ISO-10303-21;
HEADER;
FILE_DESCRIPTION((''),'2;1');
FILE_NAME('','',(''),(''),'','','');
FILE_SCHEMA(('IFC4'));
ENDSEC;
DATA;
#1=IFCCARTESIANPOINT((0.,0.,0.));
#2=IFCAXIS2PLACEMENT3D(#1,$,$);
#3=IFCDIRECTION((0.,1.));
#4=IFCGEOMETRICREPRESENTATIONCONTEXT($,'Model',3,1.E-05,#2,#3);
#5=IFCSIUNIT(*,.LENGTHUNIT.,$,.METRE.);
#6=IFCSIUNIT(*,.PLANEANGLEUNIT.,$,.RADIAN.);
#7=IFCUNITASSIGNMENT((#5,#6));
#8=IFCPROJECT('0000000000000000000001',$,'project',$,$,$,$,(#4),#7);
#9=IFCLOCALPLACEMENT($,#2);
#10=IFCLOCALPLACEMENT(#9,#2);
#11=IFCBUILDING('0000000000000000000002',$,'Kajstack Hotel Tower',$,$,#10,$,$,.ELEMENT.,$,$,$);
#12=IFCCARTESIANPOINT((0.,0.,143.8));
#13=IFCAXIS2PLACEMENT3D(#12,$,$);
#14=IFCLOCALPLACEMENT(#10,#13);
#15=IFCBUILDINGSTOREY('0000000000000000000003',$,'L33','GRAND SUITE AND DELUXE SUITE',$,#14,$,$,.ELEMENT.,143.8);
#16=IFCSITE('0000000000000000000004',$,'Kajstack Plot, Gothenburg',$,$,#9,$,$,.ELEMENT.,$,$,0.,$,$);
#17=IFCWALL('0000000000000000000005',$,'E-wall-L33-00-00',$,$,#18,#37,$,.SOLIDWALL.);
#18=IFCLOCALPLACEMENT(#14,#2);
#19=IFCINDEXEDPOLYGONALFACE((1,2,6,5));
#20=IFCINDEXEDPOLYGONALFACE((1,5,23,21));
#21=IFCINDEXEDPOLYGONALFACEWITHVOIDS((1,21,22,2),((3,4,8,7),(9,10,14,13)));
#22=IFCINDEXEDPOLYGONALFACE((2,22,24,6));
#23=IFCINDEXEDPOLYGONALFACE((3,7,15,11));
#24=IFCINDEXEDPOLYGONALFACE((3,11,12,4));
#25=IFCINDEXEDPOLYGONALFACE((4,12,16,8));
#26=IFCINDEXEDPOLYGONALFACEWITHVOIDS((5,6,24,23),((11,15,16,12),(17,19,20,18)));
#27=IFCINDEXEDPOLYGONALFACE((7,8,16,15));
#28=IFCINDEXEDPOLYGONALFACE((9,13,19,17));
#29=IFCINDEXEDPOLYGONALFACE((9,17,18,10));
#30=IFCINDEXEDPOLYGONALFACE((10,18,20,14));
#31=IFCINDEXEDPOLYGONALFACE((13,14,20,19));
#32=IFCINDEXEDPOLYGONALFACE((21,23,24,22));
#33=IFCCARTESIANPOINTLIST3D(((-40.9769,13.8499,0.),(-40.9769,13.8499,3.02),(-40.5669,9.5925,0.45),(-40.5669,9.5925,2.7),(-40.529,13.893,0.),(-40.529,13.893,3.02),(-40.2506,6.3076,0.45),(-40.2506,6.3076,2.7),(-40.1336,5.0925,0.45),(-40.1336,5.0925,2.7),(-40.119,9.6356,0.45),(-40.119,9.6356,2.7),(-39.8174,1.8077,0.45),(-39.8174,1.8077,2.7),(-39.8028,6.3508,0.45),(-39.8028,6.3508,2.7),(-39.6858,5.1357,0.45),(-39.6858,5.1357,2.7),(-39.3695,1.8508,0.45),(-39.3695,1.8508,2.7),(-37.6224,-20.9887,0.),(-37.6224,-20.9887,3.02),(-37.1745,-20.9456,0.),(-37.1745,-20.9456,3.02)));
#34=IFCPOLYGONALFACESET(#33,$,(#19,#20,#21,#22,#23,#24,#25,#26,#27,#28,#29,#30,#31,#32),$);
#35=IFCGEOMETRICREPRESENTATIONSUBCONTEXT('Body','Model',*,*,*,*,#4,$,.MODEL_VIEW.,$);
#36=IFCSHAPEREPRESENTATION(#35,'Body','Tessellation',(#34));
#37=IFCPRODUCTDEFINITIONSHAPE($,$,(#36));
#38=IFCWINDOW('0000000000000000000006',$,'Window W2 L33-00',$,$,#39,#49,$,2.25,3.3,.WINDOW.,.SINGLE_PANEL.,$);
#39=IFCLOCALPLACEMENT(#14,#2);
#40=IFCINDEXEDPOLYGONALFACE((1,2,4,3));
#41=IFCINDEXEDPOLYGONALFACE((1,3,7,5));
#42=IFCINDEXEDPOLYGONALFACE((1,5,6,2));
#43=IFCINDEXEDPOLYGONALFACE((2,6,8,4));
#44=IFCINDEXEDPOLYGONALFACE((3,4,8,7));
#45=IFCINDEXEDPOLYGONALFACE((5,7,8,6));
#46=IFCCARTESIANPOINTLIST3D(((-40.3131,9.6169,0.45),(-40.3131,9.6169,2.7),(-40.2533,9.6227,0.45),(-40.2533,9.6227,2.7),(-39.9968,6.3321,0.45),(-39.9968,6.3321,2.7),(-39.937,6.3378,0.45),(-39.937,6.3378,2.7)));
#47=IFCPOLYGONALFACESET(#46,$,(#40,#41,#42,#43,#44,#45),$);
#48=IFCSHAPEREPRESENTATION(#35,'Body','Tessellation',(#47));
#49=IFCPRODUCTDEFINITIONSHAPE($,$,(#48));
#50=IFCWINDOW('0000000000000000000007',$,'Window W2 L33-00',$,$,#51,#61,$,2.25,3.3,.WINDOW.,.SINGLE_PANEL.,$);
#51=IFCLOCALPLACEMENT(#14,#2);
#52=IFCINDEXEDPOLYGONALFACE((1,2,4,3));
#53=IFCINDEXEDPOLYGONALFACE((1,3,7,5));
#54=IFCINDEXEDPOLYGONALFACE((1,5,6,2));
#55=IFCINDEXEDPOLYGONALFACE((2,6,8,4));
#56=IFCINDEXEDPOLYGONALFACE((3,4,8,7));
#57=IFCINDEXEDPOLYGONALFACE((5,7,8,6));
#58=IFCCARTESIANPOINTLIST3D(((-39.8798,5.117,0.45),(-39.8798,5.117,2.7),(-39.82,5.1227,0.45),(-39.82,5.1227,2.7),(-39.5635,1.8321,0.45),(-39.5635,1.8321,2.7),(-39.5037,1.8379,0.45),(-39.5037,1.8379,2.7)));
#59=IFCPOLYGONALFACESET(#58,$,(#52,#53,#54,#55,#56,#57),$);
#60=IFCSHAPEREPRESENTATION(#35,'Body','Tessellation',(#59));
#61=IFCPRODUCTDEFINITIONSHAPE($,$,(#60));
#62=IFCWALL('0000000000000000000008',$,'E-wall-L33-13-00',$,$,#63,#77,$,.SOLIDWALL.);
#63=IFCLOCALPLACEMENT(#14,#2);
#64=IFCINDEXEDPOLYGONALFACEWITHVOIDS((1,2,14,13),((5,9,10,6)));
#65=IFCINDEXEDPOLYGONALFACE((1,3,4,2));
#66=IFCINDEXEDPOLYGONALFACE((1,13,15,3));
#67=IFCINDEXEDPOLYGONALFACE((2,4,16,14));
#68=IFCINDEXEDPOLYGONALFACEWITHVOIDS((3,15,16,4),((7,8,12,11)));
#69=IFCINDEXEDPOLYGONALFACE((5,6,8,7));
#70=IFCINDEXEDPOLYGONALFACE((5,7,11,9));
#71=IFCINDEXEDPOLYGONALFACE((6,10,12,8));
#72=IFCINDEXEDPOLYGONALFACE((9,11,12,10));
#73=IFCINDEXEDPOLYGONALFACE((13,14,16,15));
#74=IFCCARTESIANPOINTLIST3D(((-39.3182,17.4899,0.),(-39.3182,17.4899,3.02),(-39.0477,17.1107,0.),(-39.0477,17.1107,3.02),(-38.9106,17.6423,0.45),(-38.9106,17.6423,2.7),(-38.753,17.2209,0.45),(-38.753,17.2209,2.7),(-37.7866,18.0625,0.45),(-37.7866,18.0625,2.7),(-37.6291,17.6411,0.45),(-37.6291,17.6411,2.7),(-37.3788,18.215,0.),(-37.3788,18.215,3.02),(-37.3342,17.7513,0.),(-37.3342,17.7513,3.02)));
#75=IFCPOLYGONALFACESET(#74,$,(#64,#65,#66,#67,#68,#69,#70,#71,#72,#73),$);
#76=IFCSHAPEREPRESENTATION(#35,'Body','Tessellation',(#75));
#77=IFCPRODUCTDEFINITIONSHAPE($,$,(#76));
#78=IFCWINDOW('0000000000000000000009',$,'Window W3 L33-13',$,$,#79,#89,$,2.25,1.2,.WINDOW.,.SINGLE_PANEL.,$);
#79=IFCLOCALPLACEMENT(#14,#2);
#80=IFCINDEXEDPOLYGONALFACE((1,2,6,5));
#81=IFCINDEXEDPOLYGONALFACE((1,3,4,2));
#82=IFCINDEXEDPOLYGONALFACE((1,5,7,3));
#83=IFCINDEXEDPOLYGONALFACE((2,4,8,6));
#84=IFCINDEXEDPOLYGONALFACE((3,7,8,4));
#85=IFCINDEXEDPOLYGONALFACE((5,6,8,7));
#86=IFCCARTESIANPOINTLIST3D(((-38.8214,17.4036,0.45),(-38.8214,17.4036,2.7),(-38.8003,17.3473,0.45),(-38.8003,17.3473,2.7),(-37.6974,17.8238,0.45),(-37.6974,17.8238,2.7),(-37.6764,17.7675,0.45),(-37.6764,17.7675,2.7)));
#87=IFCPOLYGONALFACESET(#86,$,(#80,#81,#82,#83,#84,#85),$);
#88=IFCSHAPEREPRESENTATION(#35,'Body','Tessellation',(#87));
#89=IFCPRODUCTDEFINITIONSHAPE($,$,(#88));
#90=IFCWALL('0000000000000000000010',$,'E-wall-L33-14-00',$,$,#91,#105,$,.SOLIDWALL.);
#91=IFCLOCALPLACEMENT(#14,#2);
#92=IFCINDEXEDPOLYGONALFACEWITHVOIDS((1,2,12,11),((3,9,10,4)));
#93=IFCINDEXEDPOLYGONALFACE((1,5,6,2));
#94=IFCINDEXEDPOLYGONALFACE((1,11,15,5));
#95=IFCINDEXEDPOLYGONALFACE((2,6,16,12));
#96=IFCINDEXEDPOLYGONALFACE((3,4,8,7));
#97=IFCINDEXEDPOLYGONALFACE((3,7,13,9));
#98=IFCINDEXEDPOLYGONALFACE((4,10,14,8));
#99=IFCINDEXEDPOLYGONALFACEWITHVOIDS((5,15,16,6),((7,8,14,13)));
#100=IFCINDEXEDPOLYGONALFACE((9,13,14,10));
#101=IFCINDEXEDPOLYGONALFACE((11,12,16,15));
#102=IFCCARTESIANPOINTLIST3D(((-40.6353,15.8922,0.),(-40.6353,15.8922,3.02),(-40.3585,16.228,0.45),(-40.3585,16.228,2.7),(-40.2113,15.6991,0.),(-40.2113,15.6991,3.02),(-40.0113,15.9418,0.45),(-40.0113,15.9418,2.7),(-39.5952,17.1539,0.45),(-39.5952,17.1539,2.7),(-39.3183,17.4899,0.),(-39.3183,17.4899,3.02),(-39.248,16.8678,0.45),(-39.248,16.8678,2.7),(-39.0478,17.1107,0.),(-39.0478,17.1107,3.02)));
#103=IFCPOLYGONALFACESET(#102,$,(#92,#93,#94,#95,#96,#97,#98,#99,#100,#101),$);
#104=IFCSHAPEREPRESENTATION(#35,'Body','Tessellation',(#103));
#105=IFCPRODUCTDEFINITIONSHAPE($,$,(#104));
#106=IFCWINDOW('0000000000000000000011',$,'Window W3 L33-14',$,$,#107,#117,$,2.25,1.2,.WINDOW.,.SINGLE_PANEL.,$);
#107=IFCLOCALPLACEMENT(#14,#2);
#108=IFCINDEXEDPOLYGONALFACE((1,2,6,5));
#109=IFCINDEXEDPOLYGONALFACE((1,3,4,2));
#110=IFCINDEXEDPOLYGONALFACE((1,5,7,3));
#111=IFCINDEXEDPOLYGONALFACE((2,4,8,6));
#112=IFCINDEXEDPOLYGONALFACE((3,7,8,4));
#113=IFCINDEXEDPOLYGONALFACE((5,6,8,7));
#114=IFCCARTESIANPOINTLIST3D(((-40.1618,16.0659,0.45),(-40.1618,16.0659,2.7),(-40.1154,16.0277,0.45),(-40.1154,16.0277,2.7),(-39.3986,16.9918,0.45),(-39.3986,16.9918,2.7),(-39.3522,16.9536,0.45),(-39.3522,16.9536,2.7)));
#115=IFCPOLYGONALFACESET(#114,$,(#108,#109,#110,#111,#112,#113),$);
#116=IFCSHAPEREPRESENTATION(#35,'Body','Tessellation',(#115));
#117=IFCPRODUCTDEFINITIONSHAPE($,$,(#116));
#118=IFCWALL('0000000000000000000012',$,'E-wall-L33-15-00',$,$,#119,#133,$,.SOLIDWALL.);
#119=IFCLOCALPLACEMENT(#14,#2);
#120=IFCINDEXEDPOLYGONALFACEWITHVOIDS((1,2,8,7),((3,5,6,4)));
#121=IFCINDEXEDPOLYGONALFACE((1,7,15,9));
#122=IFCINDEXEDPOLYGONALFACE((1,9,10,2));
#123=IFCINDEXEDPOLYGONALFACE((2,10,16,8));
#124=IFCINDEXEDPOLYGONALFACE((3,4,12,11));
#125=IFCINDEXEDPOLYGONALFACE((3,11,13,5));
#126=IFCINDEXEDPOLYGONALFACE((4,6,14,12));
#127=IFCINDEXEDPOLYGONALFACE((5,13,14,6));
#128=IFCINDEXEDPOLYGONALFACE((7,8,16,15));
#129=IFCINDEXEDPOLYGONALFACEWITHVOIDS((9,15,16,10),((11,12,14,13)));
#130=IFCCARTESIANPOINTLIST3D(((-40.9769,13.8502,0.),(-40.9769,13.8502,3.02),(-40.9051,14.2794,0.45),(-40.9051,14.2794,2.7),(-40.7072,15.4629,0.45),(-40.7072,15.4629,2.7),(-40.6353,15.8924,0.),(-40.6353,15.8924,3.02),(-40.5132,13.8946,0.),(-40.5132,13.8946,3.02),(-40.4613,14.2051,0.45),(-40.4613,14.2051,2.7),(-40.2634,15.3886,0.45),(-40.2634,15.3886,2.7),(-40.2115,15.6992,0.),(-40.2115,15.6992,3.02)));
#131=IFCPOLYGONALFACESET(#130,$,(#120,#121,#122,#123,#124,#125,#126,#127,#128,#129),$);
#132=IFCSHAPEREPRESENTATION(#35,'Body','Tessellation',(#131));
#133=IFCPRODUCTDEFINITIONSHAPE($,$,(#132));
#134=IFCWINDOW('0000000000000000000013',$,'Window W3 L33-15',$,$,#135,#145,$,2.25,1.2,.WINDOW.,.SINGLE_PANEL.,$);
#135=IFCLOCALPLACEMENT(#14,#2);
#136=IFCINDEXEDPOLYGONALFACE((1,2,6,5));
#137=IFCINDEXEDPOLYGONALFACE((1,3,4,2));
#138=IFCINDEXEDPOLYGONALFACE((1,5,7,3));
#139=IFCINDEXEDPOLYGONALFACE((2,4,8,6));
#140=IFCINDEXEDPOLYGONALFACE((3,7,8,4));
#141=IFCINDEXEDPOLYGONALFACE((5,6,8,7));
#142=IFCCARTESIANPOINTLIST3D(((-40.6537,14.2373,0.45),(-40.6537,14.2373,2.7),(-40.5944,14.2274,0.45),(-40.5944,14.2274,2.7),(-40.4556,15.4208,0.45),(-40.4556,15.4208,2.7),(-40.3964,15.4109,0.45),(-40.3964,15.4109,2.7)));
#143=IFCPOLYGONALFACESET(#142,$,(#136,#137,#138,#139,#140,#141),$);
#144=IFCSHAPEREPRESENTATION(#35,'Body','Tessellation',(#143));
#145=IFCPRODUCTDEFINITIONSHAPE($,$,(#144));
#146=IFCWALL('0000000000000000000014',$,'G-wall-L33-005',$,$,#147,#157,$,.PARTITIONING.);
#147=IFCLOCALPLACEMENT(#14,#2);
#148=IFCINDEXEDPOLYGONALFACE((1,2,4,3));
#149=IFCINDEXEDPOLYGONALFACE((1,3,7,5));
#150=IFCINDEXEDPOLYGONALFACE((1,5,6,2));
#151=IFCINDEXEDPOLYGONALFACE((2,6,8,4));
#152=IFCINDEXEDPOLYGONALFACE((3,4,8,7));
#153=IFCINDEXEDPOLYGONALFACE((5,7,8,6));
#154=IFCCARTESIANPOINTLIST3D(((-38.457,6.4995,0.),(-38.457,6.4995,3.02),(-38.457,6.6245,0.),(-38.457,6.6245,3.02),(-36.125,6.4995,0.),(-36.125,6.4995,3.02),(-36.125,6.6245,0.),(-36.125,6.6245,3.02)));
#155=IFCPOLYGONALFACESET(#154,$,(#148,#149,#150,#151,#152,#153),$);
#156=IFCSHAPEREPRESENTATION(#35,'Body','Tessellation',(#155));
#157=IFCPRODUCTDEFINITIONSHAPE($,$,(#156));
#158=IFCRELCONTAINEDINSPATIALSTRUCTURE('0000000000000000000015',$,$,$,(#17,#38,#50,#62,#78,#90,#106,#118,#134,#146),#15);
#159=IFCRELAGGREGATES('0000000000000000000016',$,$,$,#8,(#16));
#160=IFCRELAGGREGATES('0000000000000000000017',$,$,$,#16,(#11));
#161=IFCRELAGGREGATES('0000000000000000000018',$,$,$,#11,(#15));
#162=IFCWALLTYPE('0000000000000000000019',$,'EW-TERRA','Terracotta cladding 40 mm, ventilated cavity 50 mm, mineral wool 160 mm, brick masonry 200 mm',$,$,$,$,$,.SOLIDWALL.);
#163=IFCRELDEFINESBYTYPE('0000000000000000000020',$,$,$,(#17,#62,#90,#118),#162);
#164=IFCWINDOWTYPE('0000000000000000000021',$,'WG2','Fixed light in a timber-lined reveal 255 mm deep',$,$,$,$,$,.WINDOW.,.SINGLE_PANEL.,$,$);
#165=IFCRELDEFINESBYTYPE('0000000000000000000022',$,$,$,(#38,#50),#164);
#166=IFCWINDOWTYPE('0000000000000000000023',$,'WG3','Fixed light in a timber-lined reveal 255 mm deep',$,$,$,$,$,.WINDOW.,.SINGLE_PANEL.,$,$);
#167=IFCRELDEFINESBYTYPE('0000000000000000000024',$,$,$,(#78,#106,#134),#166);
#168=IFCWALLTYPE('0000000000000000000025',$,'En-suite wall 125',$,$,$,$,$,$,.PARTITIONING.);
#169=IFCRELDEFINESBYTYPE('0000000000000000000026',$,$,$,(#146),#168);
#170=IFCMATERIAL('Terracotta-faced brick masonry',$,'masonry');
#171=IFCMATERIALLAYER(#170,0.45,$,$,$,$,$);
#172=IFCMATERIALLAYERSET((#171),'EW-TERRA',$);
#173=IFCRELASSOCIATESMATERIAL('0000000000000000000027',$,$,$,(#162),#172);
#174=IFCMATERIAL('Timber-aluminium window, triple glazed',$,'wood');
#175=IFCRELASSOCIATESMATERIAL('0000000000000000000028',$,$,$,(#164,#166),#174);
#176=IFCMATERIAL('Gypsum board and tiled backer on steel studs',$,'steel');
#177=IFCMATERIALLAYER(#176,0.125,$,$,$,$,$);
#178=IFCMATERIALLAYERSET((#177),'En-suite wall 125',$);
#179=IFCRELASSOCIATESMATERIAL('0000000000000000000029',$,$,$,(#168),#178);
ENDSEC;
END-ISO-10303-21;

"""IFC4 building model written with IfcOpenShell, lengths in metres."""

from ifc_helpers import new_model, si_unit, direction, frame, frame_2d, origin, place, context, subcontext, project, spatial, polyline, rectangle, outline, extrude, material, layer, layer_set, type_object, element, fill, save


model = new_model("IFC4")

# Units and contexts
model_context = context("Model", 3, precision=1e-05, world=origin(), true_north=direction((0.0, 1.0)))
body_context = subcontext(model_context, "Body", "Model", "MODEL_VIEW")
ifc_project = project(units=[si_unit("LENGTHUNIT", "METRE"), si_unit("PLANEANGLEUNIT", "RADIAN")], contexts=[model_context])

# Site, building, storey
site_placement = place(None, origin())
site = spatial("IfcSite", under=ifc_project, at=site_placement, Name="Kajstack Plot, Gothenburg", CompositionType="ELEMENT", RefElevation=0.0)
building_placement = place(site_placement, origin())
building = spatial("IfcBuilding", under=site, at=building_placement, Name="Kajstack Hotel Tower", CompositionType="ELEMENT")
storey_placement = place(building_placement, frame((0.0, 0.0, 143.8)))
storey = spatial("IfcBuildingStorey", under=building, at=storey_placement, Name="L33", Description="GRAND SUITE AND DELUXE SUITE", CompositionType="ELEMENT", Elevation=143.8)

# Wall, openings, windows
ifc_material_1 = material(Name="Terracotta-faced brick masonry", Category="masonry")
ifc_layer_1 = layer(ifc_material_1, 0.45)
ifc_layer_set_1 = layer_set([ifc_layer_1], Name="EW-TERRA")
wall_type_1 = type_object("IfcWallType", Name="EW-TERRA", Description="Terracotta cladding 40 mm, ventilated cavity 50 mm, mineral wool 160 mm, brick masonry 200 mm", PredefinedType="SOLIDWALL", material=ifc_layer_set_1)
wall_1_placement = place(storey_placement, frame((-40.7529, 13.8716, 0.0), z_axis=(0.0, 0.0, 1.0), x_axis=(0.095843, -0.995396, 0.0)))
wall_1 = element("IfcWall", 1, at=wall_1_placement, inside=storey, type_object=wall_type_1, Name="E-wall-L33-00-00", PredefinedType="SOLIDWALL", context=body_context, shape_type="SweptSolid", body=[
    extrude(rectangle(XDim=34.9998, YDim=0.45, at=frame_2d((17.5, 0.0))), origin(), (0.0, 0.0, 1.0), 3.02),
])
opening_1_placement = place(wall_1_placement, frame((4.2773, 0.0, 0.45)))
opening_1 = element("IfcOpeningElement", 2, at=opening_1_placement, cuts=wall_1, PredefinedType="OPENING", context=body_context, shape_type="SweptSolid", body=[
    extrude(rectangle(XDim=3.3, YDim=2.25, at=frame_2d((1.6499, 1.125))), frame((0.0, 0.2349, 0.0), z_axis=(0.0, -1.0, 0.0), x_axis=(1.0, 0.0, 0.0)), (0.0, 0.0, 1.0), 0.47),
])
opening_2_placement = place(wall_1_placement, frame((8.7981, 0.0, 0.45)))
opening_2 = element("IfcOpeningElement", 3, at=opening_2_placement, cuts=wall_1, PredefinedType="OPENING", context=body_context, shape_type="SweptSolid", body=[
    extrude(rectangle(XDim=3.3, YDim=2.25, at=frame_2d((1.6499, 1.125))), frame((0.0, 0.2349, 0.0), z_axis=(0.0, -1.0, 0.0), x_axis=(1.0, 0.0, 0.0)), (0.0, 0.0, 1.0), 0.47),
])
ifc_material_2 = material(Name="Timber-aluminium window, triple glazed", Category="wood")
window_type_1 = type_object("IfcWindowType", Name="WG2", Description="Fixed light in a timber-lined reveal 255 mm deep", PartitioningType="SINGLE_PANEL", PredefinedType="WINDOW", material=ifc_material_2)
window_1_placement = place(opening_1_placement, origin())
window_1 = element("IfcWindow", 4, at=window_1_placement, inside=storey, type_object=window_type_1, Name="Window W2 L33-00", OverallHeight=2.25, OverallWidth=3.3, PartitioningType="SINGLE_PANEL", PredefinedType="WINDOW", context=body_context, shape_type="SweptSolid", body=[
    extrude(rectangle(XDim=3.3, YDim=2.25, at=frame_2d((1.6499, 1.125))), frame((0.0, 0.0901, 0.0), z_axis=(0.0, -1.0, 0.0), x_axis=(1.0, 0.0, 0.0)), (0.0, 0.0, 1.0), 0.0601),
])
fill(opening_1, window_1)
window_2_placement = place(opening_2_placement, origin())
window_2 = element("IfcWindow", 5, at=window_2_placement, inside=storey, type_object=window_type_1, Name="Window W2 L33-00", OverallHeight=2.25, OverallWidth=3.3, PartitioningType="SINGLE_PANEL", PredefinedType="WINDOW", context=body_context, shape_type="SweptSolid", body=[
    extrude(rectangle(XDim=3.3, YDim=2.25, at=frame_2d((1.6499, 1.125))), frame((0.0, 0.0901, 0.0), z_axis=(0.0, -1.0, 0.0), x_axis=(1.0, 0.0, 0.0)), (0.0, 0.0, 1.0), 0.0601),
])
fill(opening_2, window_2)

# Walls, openings, windows
wall_2_placement = place(storey_placement, frame((-37.3, 18.0044, 0.0), z_axis=(0.0, 0.0, 1.0), x_axis=(-0.936678, -0.350193, 0.0)))
wall_2 = element("IfcWall", 6, at=wall_2_placement, inside=storey, type_object=wall_type_1, Name="E-wall-L33-13-00", PredefinedType="SOLIDWALL", context=body_context, shape_type="SweptSolid", body=[
    extrude(outline(polyline([(0.0, -0.2249), (2.0706, -0.2249), (1.95, 0.2251), (0.1206, 0.2251), (0.0, -0.2249)])), origin(), (0.0, 0.0, 1.0), 3.02),
])
opening_3_placement = place(wall_2_placement, frame((0.4353, 0.0, 0.45)))
opening_3 = element("IfcOpeningElement", 7, at=opening_3_placement, cuts=wall_2, PredefinedType="OPENING", context=body_context, shape_type="SweptSolid", body=[
    extrude(rectangle(XDim=1.2, YDim=2.25, at=frame_2d((0.6001, 1.125))), frame((0.0, 0.2349, 0.0), z_axis=(0.0, -1.0, 0.0), x_axis=(1.0, 0.0, 0.0)), (0.0, 0.0, 1.0), 0.47),
])
window_type_2 = type_object("IfcWindowType", Name="WG3", Description="Fixed light in a timber-lined reveal 255 mm deep", PartitioningType="SINGLE_PANEL", PredefinedType="WINDOW", material=ifc_material_2)
window_3_placement = place(opening_3_placement, origin())
window_3 = element("IfcWindow", 8, at=window_3_placement, inside=storey, type_object=window_type_2, Name="Window W3 L33-13", OverallHeight=2.25, OverallWidth=1.2, PartitioningType="SINGLE_PANEL", PredefinedType="WINDOW", context=body_context, shape_type="SweptSolid", body=[
    extrude(rectangle(XDim=1.2, YDim=2.25, at=frame_2d((0.6001, 1.125))), frame((0.0, 0.0901, 0.0), z_axis=(0.0, -1.0, 0.0), x_axis=(1.0, 0.0, 0.0)), (0.0, 0.0, 1.0), 0.0601),
])
fill(opening_3, window_3)
wall_3_placement = place(storey_placement, frame((-39.1448, 17.3469, 0.0), z_axis=(0.0, 0.0, 1.0), x_axis=(-0.636046, -0.771651, 0.0)))
wall_3 = element("IfcWall", 9, at=wall_3_placement, inside=storey, type_object=wall_type_1, Name="E-wall-L33-14-00", PredefinedType="SOLIDWALL", context=body_context, shape_type="SweptSolid", body=[
    extrude(outline(polyline([(0.0, -0.2249), (2.0706, -0.2249), (1.95, 0.2251), (0.1206, 0.2251), (0.0, -0.2249)])), origin(), (0.0, 0.0, 1.0), 3.02),
])
opening_4_placement = place(wall_3_placement, frame((0.4353, 0.0, 0.45)))
opening_4 = element("IfcOpeningElement", 10, at=opening_4_placement, cuts=wall_3, PredefinedType="OPENING", context=body_context, shape_type="SweptSolid", body=[
    extrude(rectangle(XDim=1.2, YDim=2.25, at=frame_2d((0.6001, 1.125))), frame((0.0, 0.2349, 0.0), z_axis=(0.0, -1.0, 0.0), x_axis=(1.0, 0.0, 0.0)), (0.0, 0.0, 1.0), 0.47),
])
window_4_placement = place(opening_4_placement, origin())
window_4 = element("IfcWindow", 11, at=window_4_placement, inside=storey, type_object=window_type_2, Name="Window W3 L33-14", OverallHeight=2.25, OverallWidth=1.2, PartitioningType="SINGLE_PANEL", PredefinedType="WINDOW", context=body_context, shape_type="SweptSolid", body=[
    extrude(rectangle(XDim=1.2, YDim=2.25, at=frame_2d((0.6001, 1.125))), frame((0.0, 0.0901, 0.0), z_axis=(0.0, -1.0, 0.0), x_axis=(1.0, 0.0, 0.0)), (0.0, 0.0, 1.0), 0.0601),
])
fill(opening_4, window_4)
wall_4_placement = place(storey_placement, frame((-40.4133, 15.8552, 0.0), z_axis=(0.0, 0.0, 1.0), x_axis=(-0.165068, -0.986282, 0.0)))
wall_4 = element("IfcWall", 12, at=wall_4_placement, inside=storey, type_object=wall_type_1, Name="E-wall-L33-15-00", PredefinedType="SOLIDWALL", context=body_context, shape_type="SweptSolid", body=[
    extrude(outline(polyline([(0.0, -0.2251), (2.0706, -0.2249), (1.9502, 0.2251), (0.1206, 0.2249), (0.0, -0.2251)])), origin(), (0.0, 0.0, 1.0), 3.02),
])
opening_5_placement = place(wall_4_placement, frame((0.4353, 0.0, 0.45)))
opening_5 = element("IfcOpeningElement", 13, at=opening_5_placement, cuts=wall_4, PredefinedType="OPENING", context=body_context, shape_type="SweptSolid", body=[
    extrude(rectangle(XDim=1.2, YDim=2.25, at=frame_2d((0.6001, 1.125))), frame((0.0, 0.2349, 0.0), z_axis=(0.0, -1.0, 0.0), x_axis=(1.0, 0.0, 0.0)), (0.0, 0.0, 1.0), 0.47),
])
window_5_placement = place(opening_5_placement, origin())
window_5 = element("IfcWindow", 14, at=window_5_placement, inside=storey, type_object=window_type_2, Name="Window W3 L33-15", OverallHeight=2.25, OverallWidth=1.2, PartitioningType="SINGLE_PANEL", PredefinedType="WINDOW", context=body_context, shape_type="SweptSolid", body=[
    extrude(rectangle(XDim=1.2, YDim=2.25, at=frame_2d((0.6001, 1.125))), frame((0.0, 0.0901, 0.0), z_axis=(0.0, -1.0, 0.0), x_axis=(1.0, 0.0, 0.0)), (0.0, 0.0, 1.0), 0.0601),
])
fill(opening_5, window_5)

# Wall
ifc_material_3 = material(Name="Gypsum board and tiled backer on steel studs", Category="steel")
ifc_layer_2 = layer(ifc_material_3, 0.125)
ifc_layer_set_2 = layer_set([ifc_layer_2], Name="En-suite wall 125")
wall_type_2 = type_object("IfcWallType", Name="En-suite wall 125", PredefinedType="PARTITIONING", material=ifc_layer_set_2)
wall_5_placement = place(storey_placement, frame((-38.457, 6.562, 0.0), z_axis=(0.0, 0.0, 1.0), x_axis=(1.0, 0.0, 0.0)))
element("IfcWall", 15, at=wall_5_placement, inside=storey, type_object=wall_type_2, Name="G-wall-L33-005", PredefinedType="PARTITIONING", context=body_context, shape_type="SweptSolid", body=[
    extrude(rectangle(XDim=2.332, YDim=0.125, at=frame_2d((1.166, 0.0))), origin(), (0.0, 0.0, 1.0), 3.02),
])

save(model, "model.ifc")
